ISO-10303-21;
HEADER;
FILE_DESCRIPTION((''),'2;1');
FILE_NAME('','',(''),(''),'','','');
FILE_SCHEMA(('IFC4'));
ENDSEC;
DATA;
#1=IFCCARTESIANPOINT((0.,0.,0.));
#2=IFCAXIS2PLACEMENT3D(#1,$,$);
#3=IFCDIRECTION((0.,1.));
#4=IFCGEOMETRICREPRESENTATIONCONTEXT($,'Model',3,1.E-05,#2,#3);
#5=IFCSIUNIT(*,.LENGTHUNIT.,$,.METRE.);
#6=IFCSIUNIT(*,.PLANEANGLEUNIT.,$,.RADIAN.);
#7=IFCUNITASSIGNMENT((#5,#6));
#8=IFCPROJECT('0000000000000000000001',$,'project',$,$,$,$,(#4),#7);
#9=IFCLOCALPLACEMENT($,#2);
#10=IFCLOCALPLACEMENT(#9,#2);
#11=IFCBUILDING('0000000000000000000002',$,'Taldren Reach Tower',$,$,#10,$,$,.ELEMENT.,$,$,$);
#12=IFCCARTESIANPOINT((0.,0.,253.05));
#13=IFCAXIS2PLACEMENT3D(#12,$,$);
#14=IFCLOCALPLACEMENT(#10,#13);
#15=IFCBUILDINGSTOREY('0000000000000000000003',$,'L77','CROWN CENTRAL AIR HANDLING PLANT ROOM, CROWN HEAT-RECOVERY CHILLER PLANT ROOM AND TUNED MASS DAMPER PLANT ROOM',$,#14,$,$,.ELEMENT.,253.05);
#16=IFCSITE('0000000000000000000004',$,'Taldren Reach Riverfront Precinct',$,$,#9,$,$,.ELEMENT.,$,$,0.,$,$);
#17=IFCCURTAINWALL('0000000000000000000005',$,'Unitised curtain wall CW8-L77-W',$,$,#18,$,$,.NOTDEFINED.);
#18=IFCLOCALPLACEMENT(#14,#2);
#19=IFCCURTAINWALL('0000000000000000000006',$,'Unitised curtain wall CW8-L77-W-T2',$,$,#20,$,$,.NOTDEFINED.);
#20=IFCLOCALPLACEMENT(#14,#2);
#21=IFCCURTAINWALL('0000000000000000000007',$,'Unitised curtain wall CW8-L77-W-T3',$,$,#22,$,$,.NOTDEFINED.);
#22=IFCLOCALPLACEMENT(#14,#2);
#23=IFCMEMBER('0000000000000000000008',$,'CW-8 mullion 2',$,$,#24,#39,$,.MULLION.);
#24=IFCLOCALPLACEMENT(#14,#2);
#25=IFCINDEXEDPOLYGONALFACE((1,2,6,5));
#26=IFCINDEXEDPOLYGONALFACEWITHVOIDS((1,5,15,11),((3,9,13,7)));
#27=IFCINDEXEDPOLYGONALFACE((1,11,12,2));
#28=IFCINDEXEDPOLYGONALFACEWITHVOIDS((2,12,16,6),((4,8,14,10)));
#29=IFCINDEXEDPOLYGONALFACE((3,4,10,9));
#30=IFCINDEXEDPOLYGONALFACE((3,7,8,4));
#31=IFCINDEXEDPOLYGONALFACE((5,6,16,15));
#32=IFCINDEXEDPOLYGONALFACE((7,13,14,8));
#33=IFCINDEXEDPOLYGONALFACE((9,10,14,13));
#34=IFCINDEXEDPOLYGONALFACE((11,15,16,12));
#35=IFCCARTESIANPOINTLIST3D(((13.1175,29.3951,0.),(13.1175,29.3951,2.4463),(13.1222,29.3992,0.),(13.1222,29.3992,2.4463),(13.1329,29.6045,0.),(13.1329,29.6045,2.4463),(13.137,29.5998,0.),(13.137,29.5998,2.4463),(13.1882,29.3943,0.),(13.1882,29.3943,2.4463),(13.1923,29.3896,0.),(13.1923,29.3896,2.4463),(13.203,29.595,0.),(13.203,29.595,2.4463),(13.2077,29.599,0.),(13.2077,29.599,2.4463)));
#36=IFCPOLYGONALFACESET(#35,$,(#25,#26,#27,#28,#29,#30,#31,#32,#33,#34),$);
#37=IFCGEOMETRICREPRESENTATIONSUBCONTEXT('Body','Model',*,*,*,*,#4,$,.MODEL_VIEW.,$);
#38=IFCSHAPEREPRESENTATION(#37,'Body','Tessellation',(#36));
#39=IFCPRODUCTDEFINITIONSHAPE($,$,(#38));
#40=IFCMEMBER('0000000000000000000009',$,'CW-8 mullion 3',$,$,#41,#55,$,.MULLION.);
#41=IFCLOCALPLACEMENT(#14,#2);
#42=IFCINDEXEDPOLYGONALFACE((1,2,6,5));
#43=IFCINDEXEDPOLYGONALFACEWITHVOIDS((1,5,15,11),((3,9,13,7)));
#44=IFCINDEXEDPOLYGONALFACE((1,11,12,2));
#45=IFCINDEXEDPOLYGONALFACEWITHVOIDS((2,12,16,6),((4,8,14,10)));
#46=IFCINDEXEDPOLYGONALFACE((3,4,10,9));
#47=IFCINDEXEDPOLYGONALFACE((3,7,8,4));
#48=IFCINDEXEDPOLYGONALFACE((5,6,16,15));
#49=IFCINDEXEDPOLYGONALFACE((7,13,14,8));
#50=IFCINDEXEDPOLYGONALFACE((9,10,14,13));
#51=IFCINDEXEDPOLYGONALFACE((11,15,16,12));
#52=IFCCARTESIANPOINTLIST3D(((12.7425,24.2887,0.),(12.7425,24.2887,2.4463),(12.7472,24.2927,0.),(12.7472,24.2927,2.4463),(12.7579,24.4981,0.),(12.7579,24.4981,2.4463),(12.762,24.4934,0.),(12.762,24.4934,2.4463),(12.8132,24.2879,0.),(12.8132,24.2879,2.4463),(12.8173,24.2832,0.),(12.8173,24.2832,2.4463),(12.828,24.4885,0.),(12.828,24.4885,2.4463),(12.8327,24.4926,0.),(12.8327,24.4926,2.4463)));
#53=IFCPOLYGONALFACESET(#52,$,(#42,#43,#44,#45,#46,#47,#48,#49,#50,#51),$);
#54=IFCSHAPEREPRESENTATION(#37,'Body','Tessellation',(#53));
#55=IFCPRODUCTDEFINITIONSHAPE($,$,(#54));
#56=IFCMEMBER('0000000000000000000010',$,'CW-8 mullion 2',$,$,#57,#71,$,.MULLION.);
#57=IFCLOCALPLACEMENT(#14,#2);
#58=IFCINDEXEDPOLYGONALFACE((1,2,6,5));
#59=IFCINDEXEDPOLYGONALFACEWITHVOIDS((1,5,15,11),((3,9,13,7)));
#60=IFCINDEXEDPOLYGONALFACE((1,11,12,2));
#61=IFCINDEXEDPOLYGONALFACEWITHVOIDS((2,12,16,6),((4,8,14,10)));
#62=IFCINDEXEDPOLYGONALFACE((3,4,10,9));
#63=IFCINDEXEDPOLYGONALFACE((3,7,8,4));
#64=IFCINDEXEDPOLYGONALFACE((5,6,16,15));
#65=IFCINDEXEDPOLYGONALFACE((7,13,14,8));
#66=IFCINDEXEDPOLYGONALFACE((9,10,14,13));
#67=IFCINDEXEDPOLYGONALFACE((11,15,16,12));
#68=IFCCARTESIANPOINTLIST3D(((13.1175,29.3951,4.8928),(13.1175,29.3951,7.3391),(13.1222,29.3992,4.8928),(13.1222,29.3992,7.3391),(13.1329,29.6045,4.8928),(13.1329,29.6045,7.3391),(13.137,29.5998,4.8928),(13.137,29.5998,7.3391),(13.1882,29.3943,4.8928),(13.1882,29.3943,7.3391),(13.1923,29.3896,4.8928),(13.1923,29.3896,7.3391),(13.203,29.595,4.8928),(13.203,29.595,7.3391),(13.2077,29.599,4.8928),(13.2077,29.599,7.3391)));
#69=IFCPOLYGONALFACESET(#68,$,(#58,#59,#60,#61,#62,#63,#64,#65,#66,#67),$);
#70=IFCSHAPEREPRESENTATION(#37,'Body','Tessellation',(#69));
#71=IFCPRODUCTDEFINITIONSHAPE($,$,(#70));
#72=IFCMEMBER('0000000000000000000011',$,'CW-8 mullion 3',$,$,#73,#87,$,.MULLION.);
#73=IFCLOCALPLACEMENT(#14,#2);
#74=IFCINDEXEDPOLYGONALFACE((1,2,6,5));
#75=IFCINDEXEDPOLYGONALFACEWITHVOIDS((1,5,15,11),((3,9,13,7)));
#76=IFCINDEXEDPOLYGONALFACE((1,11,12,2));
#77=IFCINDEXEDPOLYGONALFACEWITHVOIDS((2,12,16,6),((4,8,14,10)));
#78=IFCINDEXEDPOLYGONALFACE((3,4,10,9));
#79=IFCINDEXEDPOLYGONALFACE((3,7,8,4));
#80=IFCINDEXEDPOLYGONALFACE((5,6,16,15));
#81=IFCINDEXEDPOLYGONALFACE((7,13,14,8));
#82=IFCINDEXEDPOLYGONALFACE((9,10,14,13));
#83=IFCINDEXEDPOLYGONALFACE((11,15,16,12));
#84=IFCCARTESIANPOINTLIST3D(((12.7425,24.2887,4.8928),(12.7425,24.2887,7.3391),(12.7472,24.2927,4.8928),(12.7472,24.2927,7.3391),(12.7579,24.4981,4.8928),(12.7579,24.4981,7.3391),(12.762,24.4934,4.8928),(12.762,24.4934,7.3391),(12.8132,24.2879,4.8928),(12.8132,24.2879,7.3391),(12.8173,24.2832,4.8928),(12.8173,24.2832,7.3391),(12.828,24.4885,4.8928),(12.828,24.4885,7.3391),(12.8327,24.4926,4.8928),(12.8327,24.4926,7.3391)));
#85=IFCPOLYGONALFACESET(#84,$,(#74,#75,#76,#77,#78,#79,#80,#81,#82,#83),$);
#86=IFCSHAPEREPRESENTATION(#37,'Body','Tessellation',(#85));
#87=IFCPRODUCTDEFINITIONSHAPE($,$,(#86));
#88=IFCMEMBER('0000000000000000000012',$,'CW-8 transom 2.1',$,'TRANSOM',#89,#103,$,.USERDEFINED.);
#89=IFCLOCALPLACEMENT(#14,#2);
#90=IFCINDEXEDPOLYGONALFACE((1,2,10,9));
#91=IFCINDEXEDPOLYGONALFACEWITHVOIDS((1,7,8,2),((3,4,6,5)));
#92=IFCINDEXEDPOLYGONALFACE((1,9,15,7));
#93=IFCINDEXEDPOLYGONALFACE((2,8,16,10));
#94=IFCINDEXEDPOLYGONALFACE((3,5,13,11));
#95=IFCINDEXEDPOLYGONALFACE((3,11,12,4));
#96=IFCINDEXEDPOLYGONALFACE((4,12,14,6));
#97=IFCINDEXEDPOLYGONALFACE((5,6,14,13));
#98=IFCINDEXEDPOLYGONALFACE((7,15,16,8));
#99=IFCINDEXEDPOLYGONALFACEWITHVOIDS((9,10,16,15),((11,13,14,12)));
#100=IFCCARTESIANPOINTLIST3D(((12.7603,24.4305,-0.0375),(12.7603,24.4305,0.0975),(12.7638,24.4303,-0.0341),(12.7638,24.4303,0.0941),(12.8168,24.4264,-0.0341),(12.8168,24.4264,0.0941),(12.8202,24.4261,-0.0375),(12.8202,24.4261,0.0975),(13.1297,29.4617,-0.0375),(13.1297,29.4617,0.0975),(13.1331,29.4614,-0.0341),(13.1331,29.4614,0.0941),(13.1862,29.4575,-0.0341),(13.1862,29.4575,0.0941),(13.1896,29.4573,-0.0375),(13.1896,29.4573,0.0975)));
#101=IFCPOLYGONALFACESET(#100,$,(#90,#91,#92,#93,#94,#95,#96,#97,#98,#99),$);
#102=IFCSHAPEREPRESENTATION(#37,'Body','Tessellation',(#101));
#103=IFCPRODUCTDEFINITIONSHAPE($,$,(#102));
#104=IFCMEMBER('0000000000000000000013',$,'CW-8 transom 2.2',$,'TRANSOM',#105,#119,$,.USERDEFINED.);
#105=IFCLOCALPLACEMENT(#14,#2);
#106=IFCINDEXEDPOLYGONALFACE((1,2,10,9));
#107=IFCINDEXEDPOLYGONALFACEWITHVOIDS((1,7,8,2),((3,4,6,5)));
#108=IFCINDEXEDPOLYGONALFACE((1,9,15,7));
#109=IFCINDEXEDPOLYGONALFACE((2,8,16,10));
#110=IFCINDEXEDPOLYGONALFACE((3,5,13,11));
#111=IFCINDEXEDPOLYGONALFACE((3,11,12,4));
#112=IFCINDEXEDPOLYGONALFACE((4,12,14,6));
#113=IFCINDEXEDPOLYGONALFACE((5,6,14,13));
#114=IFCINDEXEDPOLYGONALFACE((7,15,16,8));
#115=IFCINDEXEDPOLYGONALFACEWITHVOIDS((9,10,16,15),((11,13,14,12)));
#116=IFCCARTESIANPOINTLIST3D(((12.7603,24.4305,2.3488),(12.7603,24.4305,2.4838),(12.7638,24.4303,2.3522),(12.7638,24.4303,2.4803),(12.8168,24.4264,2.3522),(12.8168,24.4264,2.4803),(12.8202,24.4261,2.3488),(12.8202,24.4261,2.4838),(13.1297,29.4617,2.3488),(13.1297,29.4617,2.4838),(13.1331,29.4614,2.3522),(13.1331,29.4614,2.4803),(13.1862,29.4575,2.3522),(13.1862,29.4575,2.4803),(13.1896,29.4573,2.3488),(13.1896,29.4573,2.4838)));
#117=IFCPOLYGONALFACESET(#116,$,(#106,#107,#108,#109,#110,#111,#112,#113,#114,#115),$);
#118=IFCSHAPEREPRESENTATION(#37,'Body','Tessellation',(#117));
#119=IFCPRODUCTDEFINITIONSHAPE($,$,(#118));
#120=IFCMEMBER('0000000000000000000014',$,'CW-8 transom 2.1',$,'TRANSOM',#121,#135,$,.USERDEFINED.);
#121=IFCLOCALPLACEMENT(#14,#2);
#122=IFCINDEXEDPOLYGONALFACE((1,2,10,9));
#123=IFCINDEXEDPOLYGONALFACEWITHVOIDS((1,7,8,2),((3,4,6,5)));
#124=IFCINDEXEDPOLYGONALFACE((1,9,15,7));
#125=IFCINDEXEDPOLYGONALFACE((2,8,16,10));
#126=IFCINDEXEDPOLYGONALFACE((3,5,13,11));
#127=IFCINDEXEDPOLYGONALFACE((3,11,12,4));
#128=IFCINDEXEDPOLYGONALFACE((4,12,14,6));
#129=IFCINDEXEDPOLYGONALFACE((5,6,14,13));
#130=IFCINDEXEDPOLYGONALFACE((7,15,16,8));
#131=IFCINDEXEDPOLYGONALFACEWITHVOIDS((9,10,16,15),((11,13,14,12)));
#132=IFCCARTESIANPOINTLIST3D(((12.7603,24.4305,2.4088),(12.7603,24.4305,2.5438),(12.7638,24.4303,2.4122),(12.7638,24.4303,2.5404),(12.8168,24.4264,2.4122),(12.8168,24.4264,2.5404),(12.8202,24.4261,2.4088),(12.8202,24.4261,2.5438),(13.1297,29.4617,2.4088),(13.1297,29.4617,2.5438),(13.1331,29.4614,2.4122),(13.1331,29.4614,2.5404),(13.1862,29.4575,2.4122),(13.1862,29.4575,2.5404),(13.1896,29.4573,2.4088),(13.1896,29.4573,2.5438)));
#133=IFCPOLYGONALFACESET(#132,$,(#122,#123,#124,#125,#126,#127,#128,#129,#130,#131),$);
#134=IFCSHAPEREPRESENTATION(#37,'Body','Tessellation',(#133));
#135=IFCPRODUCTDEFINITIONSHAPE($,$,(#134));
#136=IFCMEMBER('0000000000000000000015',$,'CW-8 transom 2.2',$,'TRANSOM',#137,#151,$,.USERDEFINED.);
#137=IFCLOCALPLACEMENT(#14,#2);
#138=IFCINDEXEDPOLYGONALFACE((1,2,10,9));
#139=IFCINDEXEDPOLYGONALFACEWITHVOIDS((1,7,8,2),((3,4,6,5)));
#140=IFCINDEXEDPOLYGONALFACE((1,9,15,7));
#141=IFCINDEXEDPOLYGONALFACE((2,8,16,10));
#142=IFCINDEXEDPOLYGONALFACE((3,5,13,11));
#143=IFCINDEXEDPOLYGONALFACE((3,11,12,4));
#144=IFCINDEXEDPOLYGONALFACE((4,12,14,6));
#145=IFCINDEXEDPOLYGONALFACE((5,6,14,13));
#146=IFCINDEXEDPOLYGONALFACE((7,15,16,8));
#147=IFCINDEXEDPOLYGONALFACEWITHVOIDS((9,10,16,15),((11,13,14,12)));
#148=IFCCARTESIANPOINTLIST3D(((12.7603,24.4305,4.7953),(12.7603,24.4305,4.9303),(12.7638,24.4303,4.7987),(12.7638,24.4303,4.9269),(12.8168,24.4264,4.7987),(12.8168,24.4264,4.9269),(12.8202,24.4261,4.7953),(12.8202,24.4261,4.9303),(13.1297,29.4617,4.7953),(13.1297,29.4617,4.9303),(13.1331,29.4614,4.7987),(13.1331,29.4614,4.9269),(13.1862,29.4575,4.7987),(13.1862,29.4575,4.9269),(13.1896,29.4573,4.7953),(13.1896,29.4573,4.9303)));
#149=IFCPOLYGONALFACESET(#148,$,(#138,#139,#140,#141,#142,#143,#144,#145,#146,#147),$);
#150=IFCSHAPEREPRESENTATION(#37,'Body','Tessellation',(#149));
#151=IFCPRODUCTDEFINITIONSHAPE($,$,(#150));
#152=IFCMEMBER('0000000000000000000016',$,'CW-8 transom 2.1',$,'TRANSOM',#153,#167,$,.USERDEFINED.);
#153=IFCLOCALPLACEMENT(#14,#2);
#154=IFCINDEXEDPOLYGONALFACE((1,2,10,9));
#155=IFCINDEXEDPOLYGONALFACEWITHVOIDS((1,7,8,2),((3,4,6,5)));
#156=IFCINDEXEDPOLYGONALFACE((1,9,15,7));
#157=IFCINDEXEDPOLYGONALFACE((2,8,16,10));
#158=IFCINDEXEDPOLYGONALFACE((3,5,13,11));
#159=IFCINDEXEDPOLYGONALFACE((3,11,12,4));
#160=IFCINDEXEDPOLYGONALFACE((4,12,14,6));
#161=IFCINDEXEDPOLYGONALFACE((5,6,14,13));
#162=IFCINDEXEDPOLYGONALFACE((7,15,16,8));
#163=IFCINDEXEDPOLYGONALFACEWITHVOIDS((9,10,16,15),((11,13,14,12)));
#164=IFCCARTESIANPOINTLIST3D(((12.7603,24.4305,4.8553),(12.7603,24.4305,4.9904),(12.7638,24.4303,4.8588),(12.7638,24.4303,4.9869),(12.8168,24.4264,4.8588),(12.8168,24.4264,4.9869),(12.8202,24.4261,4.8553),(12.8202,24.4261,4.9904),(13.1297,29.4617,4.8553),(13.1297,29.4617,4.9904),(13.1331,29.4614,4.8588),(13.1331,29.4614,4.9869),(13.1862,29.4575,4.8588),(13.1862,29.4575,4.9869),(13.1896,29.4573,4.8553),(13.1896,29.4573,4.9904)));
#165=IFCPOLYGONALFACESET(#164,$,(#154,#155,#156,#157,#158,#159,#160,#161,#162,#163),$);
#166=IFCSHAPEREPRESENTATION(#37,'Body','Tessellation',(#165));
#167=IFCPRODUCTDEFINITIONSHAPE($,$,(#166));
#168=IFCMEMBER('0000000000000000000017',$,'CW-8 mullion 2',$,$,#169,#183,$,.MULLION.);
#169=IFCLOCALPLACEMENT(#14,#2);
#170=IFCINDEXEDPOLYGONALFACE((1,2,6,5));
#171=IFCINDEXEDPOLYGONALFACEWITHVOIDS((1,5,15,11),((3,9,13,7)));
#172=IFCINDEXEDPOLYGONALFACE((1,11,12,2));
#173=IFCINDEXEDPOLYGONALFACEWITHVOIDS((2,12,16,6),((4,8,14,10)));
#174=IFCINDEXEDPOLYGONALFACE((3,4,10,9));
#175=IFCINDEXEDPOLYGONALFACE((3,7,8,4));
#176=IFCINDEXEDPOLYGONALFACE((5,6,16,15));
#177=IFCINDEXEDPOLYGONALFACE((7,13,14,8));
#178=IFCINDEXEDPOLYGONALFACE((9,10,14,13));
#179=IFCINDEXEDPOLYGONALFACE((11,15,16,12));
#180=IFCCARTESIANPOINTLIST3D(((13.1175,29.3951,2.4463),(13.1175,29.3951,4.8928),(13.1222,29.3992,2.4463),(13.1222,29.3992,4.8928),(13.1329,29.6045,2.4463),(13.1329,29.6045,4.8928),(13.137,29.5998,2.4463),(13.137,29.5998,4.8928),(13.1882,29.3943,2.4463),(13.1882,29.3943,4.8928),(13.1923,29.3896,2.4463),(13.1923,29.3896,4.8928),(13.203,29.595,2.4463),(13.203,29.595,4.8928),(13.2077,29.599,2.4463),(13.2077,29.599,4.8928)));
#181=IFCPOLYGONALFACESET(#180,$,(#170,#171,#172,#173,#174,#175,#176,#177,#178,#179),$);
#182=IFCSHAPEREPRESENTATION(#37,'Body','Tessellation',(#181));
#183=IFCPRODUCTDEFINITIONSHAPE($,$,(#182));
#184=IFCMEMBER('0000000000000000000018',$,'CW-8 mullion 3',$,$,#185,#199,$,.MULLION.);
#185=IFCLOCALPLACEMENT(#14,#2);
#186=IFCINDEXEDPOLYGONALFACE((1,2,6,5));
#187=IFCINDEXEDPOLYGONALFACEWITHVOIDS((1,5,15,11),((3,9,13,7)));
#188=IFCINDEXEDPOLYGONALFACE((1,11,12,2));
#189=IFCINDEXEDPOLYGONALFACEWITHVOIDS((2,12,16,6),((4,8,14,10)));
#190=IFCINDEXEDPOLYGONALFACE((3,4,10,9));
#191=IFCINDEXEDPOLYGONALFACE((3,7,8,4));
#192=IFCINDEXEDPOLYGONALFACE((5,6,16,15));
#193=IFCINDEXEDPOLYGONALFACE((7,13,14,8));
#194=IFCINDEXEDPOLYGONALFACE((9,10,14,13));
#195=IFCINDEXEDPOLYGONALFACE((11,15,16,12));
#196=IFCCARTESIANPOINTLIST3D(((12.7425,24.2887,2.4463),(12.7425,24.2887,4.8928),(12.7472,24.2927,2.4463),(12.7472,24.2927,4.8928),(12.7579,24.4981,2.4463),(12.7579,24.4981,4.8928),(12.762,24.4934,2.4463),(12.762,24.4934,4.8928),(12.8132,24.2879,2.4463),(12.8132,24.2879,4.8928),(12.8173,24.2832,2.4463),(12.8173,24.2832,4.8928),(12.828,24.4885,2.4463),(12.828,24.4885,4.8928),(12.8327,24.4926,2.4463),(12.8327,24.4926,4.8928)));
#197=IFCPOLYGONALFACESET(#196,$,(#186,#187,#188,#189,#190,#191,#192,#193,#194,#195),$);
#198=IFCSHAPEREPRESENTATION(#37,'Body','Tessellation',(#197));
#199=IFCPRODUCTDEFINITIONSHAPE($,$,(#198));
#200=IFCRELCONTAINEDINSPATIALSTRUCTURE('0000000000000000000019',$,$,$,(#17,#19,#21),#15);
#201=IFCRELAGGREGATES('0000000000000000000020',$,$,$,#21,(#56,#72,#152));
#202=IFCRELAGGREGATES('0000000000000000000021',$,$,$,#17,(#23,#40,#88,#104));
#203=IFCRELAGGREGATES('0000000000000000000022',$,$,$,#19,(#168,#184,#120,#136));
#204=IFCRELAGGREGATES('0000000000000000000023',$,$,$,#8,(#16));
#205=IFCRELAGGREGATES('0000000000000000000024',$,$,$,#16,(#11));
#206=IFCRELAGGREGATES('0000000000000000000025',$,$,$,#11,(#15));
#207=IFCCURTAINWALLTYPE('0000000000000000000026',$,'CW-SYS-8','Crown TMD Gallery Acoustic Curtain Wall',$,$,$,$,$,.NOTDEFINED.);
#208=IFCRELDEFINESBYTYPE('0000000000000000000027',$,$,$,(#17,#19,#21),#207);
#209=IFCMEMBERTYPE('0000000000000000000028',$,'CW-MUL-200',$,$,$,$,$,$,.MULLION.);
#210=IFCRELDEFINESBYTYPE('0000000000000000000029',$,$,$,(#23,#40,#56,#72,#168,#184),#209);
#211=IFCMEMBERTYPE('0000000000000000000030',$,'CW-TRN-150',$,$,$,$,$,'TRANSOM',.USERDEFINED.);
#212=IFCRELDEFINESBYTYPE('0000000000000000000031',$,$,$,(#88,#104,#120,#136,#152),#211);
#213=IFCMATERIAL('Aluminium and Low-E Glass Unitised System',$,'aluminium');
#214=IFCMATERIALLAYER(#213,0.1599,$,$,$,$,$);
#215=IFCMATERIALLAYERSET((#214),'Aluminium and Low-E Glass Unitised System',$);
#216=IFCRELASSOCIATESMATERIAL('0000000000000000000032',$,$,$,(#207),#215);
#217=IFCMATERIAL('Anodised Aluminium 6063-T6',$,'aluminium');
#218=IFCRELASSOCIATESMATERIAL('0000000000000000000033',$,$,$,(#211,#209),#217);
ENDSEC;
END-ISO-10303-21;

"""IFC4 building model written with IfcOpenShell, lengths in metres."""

from ifc_helpers import new_model, si_unit, direction, frame, origin, origin_2d, place, context, subcontext, project, spatial, hollow_rectangle, extrude, source, transform, mapped, material, layer, layer_set, material_profile, profile_set, type_object, element, aggregate, save


model = new_model("IFC4")

# Units and contexts
model_context = context("Model", 3, precision=1e-05, world=origin(), true_north=direction((0.0, 1.0)))
body_context = subcontext(model_context, "Body", "Model", "MODEL_VIEW")
ifc_project = project(units=[si_unit("LENGTHUNIT", "METRE"), si_unit("PLANEANGLEUNIT", "RADIAN")], contexts=[model_context])

# Site, building, storey
site_placement = place(None, origin())
site = spatial("IfcSite", under=ifc_project, at=site_placement, Name="Taldren Reach Riverfront Precinct", CompositionType="ELEMENT", RefElevation=0.0)
building_placement = place(site_placement, origin())
building = spatial("IfcBuilding", under=site, at=building_placement, Name="Taldren Reach Tower", CompositionType="ELEMENT")
storey_placement = place(building_placement, frame((0.0, 0.0, 253.05)))
storey = spatial("IfcBuildingStorey", under=building, at=storey_placement, Name="L77", Description="CROWN CENTRAL AIR HANDLING PLANT ROOM, CROWN HEAT-RECOVERY CHILLER PLANT ROOM AND TUNED MASS DAMPER PLANT ROOM", CompositionType="ELEMENT", Elevation=253.05)

# Curtain walls
ifc_material_1 = material(Name="Aluminium and Low-E Glass Unitised System", Category="aluminium")
ifc_layer_1 = layer(ifc_material_1, 0.1599)
ifc_layer_set_1 = layer_set([ifc_layer_1], Name="Aluminium and Low-E Glass Unitised System")
curtain_wall_type = type_object("IfcCurtainWallType", Name="CW-SYS-8", Description="Crown TMD Gallery Acoustic Curtain Wall", PredefinedType="NOTDEFINED", material=ifc_layer_set_1)
curtain_wall_1_placement = place(storey_placement, origin())
curtain_wall_1 = element("IfcCurtainWall", 1, at=curtain_wall_1_placement, inside=storey, type_object=curtain_wall_type, Name="Unitised curtain wall CW8-L77-W", PredefinedType="NOTDEFINED")
ifc_material_2 = material(Name="Anodised Aluminium 6063-T6", Category="aluminium")
ifc_material_profile_1 = material_profile(ifc_material_2, hollow_rectangle(XDim=0.0601, YDim=0.135, WallThickness=0.0034, at=origin_2d()), Name="ALU-135x60x3.5RHS")
ifc_profile_set_1 = profile_set([ifc_material_profile_1], Name="Anodised Aluminium 6063-T6")
member_type_1 = type_object("IfcMemberType", Name="CW-TRN-150", ElementType="TRANSOM", PredefinedType="USERDEFINED", material=ifc_profile_set_1)
curtain_wall_2_placement = place(storey_placement, origin())
curtain_wall_2 = element("IfcCurtainWall", 2, at=curtain_wall_2_placement, inside=storey, type_object=curtain_wall_type, Name="Unitised curtain wall CW8-L77-W-T2", PredefinedType="NOTDEFINED")
curtain_wall_3_placement = place(storey_placement, origin())
curtain_wall_3 = element("IfcCurtainWall", 3, at=curtain_wall_3_placement, inside=storey, type_object=curtain_wall_type, Name="Unitised curtain wall CW8-L77-W-T3", PredefinedType="NOTDEFINED")

# Members
ifc_material_profile_2 = material_profile(ifc_material_2, hollow_rectangle(XDim=0.075, YDim=0.21, WallThickness=0.0044, at=origin_2d()), Name="ALU-210x75x4.5RHS")
ifc_profile_set_2 = profile_set([ifc_material_profile_2], Name="Anodised Aluminium 6063-T6")
member_type_2 = type_object("IfcMemberType", Name="CW-MUL-200", PredefinedType="MULLION", material=ifc_profile_set_2)
shared_shape_1 = source(origin(), body_context, "Body", "SweptSolid", [
    extrude(hollow_rectangle(XDim=0.075, YDim=0.21, WallThickness=0.0044, at=origin_2d()), origin(), (0.0, 0.0, 1.0), 2.4463),
])
member_1_placement = place(storey_placement, frame((13.1626, 29.4971, 0.0), z_axis=(0.0, 0.0, 1.0), x_axis=(0.997314, -0.073238, 0.0)))
member_1 = element("IfcMember", 4, at=member_1_placement, type_object=member_type_2, Name="CW-8 mullion 2", PredefinedType="MULLION", context=body_context, shape_type="MappedRepresentation", body=[
    mapped(shared_shape_1, transform((0.0, 0.0, 0.0), scale=1.0)),
])
member_2_placement = place(storey_placement, frame((12.7876, 24.3906, 0.0), z_axis=(0.0, 0.0, 1.0), x_axis=(0.997314, -0.073238, 0.0)))
member_2 = element("IfcMember", 5, at=member_2_placement, type_object=member_type_2, Name="CW-8 mullion 3", PredefinedType="MULLION", context=body_context, shape_type="MappedRepresentation", body=[
    mapped(shared_shape_1, transform((0.0, 0.0, 0.0), scale=1.0)),
])
member_3_placement = place(storey_placement, frame((13.1626, 29.4971, 4.8928), z_axis=(0.0, 0.0, 1.0), x_axis=(0.997314, -0.073238, 0.0)))
member_3 = element("IfcMember", 6, at=member_3_placement, type_object=member_type_2, Name="CW-8 mullion 2", PredefinedType="MULLION", context=body_context, shape_type="MappedRepresentation", body=[
    mapped(shared_shape_1, transform((0.0, 0.0, 0.0), scale=1.0)),
])
member_4_placement = place(storey_placement, frame((12.7876, 24.3906, 4.8928), z_axis=(0.0, 0.0, 1.0), x_axis=(0.997314, -0.073238, 0.0)))
member_4 = element("IfcMember", 7, at=member_4_placement, type_object=member_type_2, Name="CW-8 mullion 3", PredefinedType="MULLION", context=body_context, shape_type="MappedRepresentation", body=[
    mapped(shared_shape_1, transform((0.0, 0.0, 0.0), scale=1.0)),
])
shared_shape_2 = source(origin(), body_context, "Body", "SweptSolid", [
    extrude(hollow_rectangle(XDim=0.0601, YDim=0.135, WallThickness=0.0034, at=origin_2d()), origin(), (0.0, 0.0, 1.0), 5.0447),
])
member_5_placement = place(storey_placement, frame((13.1597, 29.4595, 0.03), z_axis=(-0.073221, -0.997316, 0.0), x_axis=(0.997316, -0.073221, 0.0)))
member_5 = element("IfcMember", 8, at=member_5_placement, type_object=member_type_1, Name="CW-8 transom 2.1", ObjectType="TRANSOM", PredefinedType="USERDEFINED", context=body_context, shape_type="MappedRepresentation", body=[
    mapped(shared_shape_2, transform((0.0, 0.0, 0.0), scale=1.0)),
])
member_6_placement = place(storey_placement, frame((13.1597, 29.4595, 2.4163), z_axis=(-0.073221, -0.997316, 0.0), x_axis=(0.997316, -0.073221, 0.0)))
member_6 = element("IfcMember", 9, at=member_6_placement, type_object=member_type_1, Name="CW-8 transom 2.2", ObjectType="TRANSOM", PredefinedType="USERDEFINED", context=body_context, shape_type="MappedRepresentation", body=[
    mapped(shared_shape_2, transform((0.0, 0.0, 0.0), scale=1.0)),
])
member_7_placement = place(storey_placement, frame((13.1597, 29.4595, 2.4763), z_axis=(-0.073221, -0.997316, 0.0), x_axis=(0.997316, -0.073221, 0.0)))
member_7 = element("IfcMember", 10, at=member_7_placement, type_object=member_type_1, Name="CW-8 transom 2.1", ObjectType="TRANSOM", PredefinedType="USERDEFINED", context=body_context, shape_type="MappedRepresentation", body=[
    mapped(shared_shape_2, transform((0.0, 0.0, 0.0), scale=1.0)),
])
member_8_placement = place(storey_placement, frame((13.1597, 29.4595, 4.8628), z_axis=(-0.073221, -0.997316, 0.0), x_axis=(0.997316, -0.073221, 0.0)))
member_8 = element("IfcMember", 11, at=member_8_placement, type_object=member_type_1, Name="CW-8 transom 2.2", ObjectType="TRANSOM", PredefinedType="USERDEFINED", context=body_context, shape_type="MappedRepresentation", body=[
    mapped(shared_shape_2, transform((0.0, 0.0, 0.0), scale=1.0)),
])
member_9_placement = place(storey_placement, frame((13.1597, 29.4595, 4.9229), z_axis=(-0.073221, -0.997316, 0.0), x_axis=(0.997316, -0.073221, 0.0)))
member_9 = element("IfcMember", 12, at=member_9_placement, type_object=member_type_1, Name="CW-8 transom 2.1", ObjectType="TRANSOM", PredefinedType="USERDEFINED", context=body_context, shape_type="MappedRepresentation", body=[
    mapped(shared_shape_2, transform((0.0, 0.0, 0.0), scale=1.0)),
])
shared_shape_3 = source(origin(), body_context, "Body", "SweptSolid", [
    extrude(hollow_rectangle(XDim=0.075, YDim=0.21, WallThickness=0.0044, at=origin_2d()), origin(), (0.0, 0.0, 1.0), 2.4465),
])
member_10_placement = place(storey_placement, frame((13.1626, 29.4971, 2.4463), z_axis=(0.0, 0.0, 1.0), x_axis=(0.997314, -0.073238, 0.0)))
member_10 = element("IfcMember", 13, at=member_10_placement, type_object=member_type_2, Name="CW-8 mullion 2", PredefinedType="MULLION", context=body_context, shape_type="MappedRepresentation", body=[
    mapped(shared_shape_3, transform((0.0, 0.0, 0.0), scale=1.0)),
])
member_11_placement = place(storey_placement, frame((12.7876, 24.3906, 2.4463), z_axis=(0.0, 0.0, 1.0), x_axis=(0.997314, -0.073238, 0.0)))
member_11 = element("IfcMember", 14, at=member_11_placement, type_object=member_type_2, Name="CW-8 mullion 3", PredefinedType="MULLION", context=body_context, shape_type="MappedRepresentation", body=[
    mapped(shared_shape_3, transform((0.0, 0.0, 0.0), scale=1.0)),
])

aggregate(curtain_wall_3, [member_3, member_4, member_9])
aggregate(curtain_wall_1, [member_1, member_2, member_5, member_6])
aggregate(curtain_wall_2, [member_10, member_11, member_7, member_8])

save(model, "model.ifc")
